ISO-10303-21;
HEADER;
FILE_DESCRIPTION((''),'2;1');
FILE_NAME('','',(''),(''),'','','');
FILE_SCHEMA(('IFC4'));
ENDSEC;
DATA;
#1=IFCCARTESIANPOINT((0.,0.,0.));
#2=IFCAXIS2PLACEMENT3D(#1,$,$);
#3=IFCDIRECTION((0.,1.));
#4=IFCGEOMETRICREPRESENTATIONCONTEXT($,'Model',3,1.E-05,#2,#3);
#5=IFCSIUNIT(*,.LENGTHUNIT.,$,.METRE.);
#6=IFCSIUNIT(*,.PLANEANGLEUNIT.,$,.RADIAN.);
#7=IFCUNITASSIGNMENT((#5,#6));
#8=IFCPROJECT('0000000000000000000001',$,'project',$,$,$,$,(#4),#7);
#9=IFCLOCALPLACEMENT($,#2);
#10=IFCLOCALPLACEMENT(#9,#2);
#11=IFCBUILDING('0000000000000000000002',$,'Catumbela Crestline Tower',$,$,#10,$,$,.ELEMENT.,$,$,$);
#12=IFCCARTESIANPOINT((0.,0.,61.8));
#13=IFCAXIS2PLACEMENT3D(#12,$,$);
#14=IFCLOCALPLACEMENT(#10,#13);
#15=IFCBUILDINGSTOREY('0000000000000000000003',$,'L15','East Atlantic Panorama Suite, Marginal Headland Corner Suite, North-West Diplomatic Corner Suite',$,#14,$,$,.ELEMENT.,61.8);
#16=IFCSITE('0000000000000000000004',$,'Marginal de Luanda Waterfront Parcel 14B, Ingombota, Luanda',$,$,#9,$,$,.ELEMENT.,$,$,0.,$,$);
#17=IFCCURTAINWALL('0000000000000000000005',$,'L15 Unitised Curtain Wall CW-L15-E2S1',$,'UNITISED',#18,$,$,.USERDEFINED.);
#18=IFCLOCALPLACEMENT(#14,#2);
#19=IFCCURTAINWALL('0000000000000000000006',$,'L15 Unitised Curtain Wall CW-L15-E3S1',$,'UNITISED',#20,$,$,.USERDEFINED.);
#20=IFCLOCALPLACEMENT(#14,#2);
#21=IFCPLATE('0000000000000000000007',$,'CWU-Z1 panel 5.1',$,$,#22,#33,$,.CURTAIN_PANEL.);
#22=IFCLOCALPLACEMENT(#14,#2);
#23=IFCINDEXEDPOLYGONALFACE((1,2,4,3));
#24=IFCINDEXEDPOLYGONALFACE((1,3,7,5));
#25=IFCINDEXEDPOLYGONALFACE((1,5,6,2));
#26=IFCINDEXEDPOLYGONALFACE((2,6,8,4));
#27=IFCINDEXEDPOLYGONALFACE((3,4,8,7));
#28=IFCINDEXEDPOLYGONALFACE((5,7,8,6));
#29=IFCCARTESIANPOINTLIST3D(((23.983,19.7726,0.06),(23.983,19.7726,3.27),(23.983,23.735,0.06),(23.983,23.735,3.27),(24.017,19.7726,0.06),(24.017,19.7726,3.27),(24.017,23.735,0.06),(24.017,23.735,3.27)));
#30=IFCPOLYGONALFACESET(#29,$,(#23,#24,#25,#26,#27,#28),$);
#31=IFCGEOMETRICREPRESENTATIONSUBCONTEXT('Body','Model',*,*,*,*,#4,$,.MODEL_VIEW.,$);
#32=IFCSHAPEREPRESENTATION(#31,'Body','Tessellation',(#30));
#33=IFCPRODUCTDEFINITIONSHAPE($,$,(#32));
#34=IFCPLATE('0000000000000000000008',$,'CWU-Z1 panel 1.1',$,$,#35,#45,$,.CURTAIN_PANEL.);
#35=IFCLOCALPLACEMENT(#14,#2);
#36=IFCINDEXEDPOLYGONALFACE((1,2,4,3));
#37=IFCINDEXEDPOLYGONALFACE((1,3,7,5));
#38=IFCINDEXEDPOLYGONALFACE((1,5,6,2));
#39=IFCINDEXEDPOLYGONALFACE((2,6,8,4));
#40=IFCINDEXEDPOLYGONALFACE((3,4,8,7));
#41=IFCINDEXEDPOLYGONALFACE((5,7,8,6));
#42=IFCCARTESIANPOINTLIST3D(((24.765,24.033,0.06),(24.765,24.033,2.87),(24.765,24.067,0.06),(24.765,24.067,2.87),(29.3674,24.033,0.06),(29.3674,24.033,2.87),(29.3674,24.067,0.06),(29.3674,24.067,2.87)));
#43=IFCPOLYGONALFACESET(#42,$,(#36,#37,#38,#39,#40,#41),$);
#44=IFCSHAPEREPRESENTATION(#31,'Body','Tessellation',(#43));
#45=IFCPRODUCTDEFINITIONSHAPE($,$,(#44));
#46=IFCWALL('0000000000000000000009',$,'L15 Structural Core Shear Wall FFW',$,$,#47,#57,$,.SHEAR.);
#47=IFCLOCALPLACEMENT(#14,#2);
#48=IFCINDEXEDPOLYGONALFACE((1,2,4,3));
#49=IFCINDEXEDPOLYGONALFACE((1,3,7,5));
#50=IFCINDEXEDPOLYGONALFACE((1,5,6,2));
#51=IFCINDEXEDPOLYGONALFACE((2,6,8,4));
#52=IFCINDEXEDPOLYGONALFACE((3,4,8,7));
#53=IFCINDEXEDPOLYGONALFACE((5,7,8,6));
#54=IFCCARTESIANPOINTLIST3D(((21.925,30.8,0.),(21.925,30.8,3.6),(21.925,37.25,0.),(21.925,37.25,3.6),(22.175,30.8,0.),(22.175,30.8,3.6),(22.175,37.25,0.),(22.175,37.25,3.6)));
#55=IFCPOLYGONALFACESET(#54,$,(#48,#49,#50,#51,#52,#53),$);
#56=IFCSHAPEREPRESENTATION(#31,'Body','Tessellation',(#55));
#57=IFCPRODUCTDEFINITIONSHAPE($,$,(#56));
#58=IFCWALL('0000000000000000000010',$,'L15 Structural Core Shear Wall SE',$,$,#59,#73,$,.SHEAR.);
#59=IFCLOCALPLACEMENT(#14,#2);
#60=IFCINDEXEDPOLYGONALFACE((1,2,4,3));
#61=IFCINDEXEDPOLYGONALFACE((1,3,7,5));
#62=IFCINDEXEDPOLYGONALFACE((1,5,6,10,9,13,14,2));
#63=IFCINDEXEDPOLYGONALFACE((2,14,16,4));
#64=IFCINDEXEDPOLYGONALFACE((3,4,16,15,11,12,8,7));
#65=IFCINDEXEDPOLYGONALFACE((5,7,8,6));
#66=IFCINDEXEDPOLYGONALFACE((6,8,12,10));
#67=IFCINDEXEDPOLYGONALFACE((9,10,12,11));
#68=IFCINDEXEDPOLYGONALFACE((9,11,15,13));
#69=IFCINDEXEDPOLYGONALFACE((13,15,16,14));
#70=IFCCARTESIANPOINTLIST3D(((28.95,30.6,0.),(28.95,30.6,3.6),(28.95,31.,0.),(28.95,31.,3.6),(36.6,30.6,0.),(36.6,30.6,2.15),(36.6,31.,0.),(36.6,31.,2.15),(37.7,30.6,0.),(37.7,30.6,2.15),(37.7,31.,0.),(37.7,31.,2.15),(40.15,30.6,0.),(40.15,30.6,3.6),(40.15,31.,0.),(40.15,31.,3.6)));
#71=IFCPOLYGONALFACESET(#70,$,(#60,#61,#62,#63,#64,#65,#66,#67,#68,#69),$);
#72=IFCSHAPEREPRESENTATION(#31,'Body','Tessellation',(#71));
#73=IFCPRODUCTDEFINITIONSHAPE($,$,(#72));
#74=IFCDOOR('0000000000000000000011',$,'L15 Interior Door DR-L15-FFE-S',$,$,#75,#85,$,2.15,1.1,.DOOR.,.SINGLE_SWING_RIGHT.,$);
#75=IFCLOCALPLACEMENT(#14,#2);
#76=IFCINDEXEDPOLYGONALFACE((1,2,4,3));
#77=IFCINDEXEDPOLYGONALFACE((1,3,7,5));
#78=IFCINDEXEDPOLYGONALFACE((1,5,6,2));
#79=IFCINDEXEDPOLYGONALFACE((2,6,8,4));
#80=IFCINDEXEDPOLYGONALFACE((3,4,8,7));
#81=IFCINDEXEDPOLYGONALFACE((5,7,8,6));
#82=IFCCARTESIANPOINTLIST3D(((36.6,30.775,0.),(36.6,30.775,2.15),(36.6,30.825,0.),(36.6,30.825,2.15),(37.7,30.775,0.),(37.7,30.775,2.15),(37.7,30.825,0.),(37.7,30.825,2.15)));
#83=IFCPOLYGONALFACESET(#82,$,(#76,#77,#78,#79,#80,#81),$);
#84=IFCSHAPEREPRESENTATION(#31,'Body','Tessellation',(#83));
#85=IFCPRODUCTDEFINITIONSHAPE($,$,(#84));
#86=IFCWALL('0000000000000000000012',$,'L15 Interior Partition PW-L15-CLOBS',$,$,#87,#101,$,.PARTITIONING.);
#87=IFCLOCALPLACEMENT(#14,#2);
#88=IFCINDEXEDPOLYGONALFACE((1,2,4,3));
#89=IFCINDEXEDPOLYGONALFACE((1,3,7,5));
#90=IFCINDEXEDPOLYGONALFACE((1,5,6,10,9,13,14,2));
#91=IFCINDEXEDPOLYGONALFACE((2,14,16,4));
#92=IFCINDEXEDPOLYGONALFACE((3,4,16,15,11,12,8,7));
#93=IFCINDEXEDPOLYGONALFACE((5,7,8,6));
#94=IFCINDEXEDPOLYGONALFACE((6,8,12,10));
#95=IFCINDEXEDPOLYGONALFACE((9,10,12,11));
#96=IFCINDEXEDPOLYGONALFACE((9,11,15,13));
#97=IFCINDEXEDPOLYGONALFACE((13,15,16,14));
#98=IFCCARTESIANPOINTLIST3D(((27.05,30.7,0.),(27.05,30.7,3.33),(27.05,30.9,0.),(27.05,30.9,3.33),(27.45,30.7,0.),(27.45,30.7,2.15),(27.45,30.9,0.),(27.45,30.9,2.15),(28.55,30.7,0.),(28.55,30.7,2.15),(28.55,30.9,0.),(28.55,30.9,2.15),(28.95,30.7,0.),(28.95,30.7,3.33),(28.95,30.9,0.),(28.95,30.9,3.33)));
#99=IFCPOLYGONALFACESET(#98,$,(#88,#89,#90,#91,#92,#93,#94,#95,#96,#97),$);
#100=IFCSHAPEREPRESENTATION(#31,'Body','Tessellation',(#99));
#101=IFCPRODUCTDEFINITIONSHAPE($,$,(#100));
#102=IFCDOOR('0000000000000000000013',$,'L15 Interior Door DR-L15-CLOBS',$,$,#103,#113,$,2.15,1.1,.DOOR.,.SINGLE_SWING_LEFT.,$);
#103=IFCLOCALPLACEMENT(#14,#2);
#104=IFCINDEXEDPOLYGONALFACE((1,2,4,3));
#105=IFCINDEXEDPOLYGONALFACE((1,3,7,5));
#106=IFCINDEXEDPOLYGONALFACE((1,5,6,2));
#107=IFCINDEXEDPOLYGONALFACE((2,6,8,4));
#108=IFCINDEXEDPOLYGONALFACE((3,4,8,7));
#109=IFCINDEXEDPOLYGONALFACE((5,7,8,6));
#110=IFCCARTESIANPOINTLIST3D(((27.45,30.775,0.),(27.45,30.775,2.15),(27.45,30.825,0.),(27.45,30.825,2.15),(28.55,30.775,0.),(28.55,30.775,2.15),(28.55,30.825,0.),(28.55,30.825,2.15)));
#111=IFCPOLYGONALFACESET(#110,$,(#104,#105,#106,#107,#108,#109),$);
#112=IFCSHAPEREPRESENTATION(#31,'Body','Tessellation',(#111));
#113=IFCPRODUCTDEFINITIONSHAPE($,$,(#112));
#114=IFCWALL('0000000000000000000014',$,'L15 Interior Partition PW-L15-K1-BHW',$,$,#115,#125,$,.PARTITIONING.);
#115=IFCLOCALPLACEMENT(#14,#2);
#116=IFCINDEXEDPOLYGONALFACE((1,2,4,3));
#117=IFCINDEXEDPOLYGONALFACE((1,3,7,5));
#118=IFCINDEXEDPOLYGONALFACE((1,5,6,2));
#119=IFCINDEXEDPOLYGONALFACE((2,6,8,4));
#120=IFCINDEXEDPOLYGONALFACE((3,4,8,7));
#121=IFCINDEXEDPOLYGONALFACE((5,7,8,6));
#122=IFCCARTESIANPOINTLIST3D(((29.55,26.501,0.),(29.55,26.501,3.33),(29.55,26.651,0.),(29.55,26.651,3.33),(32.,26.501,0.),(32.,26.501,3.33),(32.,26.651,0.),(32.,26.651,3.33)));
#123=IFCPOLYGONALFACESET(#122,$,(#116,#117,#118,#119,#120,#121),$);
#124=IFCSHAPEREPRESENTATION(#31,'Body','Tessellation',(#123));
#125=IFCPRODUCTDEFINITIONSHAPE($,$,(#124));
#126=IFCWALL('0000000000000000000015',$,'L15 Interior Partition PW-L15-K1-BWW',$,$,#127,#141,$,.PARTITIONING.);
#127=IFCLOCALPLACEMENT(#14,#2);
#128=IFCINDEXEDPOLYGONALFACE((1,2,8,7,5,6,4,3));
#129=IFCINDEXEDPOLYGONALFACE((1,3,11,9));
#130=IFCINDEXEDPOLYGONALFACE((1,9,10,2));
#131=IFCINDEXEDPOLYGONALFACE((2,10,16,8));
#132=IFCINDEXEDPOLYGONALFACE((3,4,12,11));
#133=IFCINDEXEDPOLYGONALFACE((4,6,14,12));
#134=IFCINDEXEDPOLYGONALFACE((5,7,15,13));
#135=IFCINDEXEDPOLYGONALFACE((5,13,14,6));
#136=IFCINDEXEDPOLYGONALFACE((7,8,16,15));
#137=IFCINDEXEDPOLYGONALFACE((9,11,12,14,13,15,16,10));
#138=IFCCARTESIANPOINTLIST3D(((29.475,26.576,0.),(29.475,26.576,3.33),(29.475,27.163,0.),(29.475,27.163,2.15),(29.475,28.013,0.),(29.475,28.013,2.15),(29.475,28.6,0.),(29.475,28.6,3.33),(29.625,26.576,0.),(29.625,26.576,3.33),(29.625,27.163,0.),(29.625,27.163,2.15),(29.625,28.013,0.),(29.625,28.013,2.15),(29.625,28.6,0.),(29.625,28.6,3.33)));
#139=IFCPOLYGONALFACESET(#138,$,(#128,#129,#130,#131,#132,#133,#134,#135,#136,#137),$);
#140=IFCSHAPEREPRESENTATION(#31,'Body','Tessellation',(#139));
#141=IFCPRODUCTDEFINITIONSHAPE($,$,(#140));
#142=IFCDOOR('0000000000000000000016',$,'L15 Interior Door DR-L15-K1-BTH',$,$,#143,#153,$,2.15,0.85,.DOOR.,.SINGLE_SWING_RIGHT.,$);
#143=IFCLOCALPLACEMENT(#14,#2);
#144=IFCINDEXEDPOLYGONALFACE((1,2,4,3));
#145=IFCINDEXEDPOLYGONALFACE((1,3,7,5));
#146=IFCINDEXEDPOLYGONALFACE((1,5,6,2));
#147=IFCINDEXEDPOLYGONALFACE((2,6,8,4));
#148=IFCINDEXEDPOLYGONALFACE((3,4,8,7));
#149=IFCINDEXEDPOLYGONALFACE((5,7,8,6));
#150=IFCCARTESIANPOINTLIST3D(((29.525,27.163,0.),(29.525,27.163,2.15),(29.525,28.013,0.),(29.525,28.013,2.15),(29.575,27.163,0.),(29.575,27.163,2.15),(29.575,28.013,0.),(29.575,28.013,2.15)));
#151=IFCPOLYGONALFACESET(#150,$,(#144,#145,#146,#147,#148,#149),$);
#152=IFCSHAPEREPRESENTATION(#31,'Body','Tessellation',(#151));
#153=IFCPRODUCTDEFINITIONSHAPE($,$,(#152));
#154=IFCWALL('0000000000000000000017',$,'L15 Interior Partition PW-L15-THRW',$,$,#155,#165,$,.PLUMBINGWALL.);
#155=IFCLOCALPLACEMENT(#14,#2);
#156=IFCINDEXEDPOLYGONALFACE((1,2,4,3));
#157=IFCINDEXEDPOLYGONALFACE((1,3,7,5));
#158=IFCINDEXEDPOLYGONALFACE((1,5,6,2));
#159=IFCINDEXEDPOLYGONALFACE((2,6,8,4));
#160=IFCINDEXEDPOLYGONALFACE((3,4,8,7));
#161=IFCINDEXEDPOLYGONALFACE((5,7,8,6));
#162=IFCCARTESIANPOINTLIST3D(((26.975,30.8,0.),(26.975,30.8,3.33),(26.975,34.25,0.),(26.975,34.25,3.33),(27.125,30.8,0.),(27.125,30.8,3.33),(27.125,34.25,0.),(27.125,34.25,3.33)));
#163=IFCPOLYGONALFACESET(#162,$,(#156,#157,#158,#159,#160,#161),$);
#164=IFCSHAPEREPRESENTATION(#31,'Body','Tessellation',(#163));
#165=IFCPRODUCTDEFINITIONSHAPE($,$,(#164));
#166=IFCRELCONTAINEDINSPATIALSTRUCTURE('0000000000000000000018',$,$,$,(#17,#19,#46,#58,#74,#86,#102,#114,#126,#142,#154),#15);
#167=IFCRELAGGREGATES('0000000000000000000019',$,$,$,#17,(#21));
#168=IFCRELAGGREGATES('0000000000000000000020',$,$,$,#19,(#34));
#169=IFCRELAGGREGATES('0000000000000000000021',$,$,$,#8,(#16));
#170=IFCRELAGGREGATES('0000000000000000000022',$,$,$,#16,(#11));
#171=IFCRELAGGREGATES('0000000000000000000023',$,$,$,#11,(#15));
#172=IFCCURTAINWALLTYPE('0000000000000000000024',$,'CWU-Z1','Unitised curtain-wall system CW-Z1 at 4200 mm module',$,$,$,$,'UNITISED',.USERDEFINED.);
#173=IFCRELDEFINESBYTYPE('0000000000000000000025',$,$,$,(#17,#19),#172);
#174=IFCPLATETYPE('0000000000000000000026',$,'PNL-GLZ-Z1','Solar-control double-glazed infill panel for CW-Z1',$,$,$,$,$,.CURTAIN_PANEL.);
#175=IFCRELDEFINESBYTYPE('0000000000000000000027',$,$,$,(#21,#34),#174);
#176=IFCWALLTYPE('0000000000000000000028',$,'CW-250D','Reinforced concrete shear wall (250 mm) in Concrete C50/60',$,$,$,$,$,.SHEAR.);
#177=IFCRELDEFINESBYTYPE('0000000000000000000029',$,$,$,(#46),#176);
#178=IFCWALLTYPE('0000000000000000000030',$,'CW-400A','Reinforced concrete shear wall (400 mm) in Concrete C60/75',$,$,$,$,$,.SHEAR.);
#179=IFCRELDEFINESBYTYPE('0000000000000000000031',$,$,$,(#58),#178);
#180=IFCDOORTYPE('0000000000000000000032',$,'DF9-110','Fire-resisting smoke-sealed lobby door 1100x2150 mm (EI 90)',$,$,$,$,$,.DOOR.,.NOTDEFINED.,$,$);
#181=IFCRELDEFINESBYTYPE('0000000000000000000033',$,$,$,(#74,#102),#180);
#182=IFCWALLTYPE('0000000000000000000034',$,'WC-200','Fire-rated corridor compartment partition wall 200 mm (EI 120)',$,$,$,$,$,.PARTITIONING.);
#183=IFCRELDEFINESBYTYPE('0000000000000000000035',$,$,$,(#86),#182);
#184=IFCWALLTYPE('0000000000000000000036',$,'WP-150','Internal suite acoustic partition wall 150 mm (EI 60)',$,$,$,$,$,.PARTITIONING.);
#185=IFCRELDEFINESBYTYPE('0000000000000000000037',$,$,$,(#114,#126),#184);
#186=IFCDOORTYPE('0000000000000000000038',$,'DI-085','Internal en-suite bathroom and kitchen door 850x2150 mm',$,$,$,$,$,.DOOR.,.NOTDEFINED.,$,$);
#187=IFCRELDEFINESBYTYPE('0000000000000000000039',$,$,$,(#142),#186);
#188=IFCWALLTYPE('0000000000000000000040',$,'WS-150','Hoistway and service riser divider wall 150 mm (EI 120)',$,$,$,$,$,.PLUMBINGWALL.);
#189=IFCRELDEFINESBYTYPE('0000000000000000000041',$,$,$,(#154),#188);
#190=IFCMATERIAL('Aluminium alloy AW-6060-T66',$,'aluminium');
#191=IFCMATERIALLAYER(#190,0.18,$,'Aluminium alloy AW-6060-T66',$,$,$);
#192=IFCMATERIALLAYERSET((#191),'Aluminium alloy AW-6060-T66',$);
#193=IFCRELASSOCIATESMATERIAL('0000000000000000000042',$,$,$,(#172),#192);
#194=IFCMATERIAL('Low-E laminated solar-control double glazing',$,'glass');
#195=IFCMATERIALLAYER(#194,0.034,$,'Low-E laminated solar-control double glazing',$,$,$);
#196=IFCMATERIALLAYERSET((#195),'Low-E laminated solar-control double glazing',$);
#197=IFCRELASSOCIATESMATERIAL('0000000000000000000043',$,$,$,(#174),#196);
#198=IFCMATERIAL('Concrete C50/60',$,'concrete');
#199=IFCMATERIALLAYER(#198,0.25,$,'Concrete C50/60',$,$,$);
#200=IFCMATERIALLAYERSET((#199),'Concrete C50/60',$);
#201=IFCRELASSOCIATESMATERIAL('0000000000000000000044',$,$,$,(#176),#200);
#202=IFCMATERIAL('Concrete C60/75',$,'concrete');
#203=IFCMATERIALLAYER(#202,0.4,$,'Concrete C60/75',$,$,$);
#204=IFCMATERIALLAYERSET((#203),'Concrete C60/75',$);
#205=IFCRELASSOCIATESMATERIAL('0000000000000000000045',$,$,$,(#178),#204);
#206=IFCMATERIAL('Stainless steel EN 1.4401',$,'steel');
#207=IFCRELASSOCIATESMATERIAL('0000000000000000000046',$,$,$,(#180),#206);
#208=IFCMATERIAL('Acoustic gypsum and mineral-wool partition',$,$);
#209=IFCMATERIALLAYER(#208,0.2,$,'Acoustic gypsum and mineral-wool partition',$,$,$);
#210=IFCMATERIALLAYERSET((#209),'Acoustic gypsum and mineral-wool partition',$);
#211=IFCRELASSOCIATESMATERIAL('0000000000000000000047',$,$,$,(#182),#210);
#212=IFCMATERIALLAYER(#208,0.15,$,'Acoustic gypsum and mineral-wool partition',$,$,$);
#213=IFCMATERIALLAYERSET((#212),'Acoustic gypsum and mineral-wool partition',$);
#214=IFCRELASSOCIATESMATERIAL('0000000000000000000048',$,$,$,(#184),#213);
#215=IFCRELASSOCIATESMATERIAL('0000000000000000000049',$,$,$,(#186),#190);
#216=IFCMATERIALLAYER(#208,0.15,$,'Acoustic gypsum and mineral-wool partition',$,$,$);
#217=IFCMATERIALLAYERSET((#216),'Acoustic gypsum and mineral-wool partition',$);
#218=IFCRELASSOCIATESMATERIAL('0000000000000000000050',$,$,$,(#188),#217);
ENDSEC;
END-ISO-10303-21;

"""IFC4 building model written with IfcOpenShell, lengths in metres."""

from ifc_helpers import new_model, si_unit, direction, frame, frame_2d, origin, origin_2d, place, context, subcontext, project, spatial, rectangle, extrude, material, layer, layer_set, type_object, element, fill, aggregate, save


model = new_model("IFC4")

# Units and contexts
model_context = context("Model", 3, precision=1e-05, world=origin(), true_north=direction((0.0, 1.0)))
body_context = subcontext(model_context, "Body", "Model", "MODEL_VIEW")
ifc_project = project(units=[si_unit("LENGTHUNIT", "METRE"), si_unit("PLANEANGLEUNIT", "RADIAN")], contexts=[model_context])

# Site, building, storey
site_placement = place(None, origin())
site = spatial("IfcSite", under=ifc_project, at=site_placement, Name="Marginal de Luanda Waterfront Parcel 14B, Ingombota, Luanda", CompositionType="ELEMENT", RefElevation=0.0)
building_placement = place(site_placement, origin())
building = spatial("IfcBuilding", under=site, at=building_placement, Name="Catumbela Crestline Tower", CompositionType="ELEMENT")
storey_placement = place(building_placement, frame((0.0, 0.0, 61.8)))
storey = spatial("IfcBuildingStorey", under=building, at=storey_placement, Name="L15", Description="East Atlantic Panorama Suite, Marginal Headland Corner Suite, North-West Diplomatic Corner Suite", CompositionType="ELEMENT", Elevation=61.8)

# Shared definitions
ifc_material_1 = material(Name="Concrete C60/75", Category="concrete")

# Curtain walls
ifc_material_2 = material(Name="Aluminium alloy AW-6060-T66", Category="aluminium")
ifc_layer_1 = layer(ifc_material_2, 0.18, Name="Aluminium alloy AW-6060-T66")
ifc_layer_set_1 = layer_set([ifc_layer_1], Name="Aluminium alloy AW-6060-T66")
curtain_wall_type = type_object("IfcCurtainWallType", Name="CWU-Z1", Description="Unitised curtain-wall system CW-Z1 at 4200 mm module", ElementType="UNITISED", PredefinedType="USERDEFINED", material=ifc_layer_set_1)
curtain_wall_1_placement = place(storey_placement, origin())
curtain_wall_1 = element("IfcCurtainWall", 1, at=curtain_wall_1_placement, inside=storey, type_object=curtain_wall_type, Name="L15 Unitised Curtain Wall CW-L15-E2S1", ObjectType="UNITISED", PredefinedType="USERDEFINED")
curtain_wall_2_placement = place(storey_placement, origin())
curtain_wall_2 = element("IfcCurtainWall", 2, at=curtain_wall_2_placement, inside=storey, type_object=curtain_wall_type, Name="L15 Unitised Curtain Wall CW-L15-E3S1", ObjectType="UNITISED", PredefinedType="USERDEFINED")

# Plates
ifc_material_3 = material(Name="Low-E laminated solar-control double glazing", Category="glass")
ifc_layer_2 = layer(ifc_material_3, 0.034, Name="Low-E laminated solar-control double glazing")
ifc_layer_set_2 = layer_set([ifc_layer_2], Name="Low-E laminated solar-control double glazing")
plate_type = type_object("IfcPlateType", Name="PNL-GLZ-Z1", Description="Solar-control double-glazed infill panel for CW-Z1", PredefinedType="CURTAIN_PANEL", material=ifc_layer_set_2)
plate_1_placement = place(storey_placement, frame((24.0, 21.7538, 0.06), z_axis=(0.0, 0.0, 1.0), x_axis=(0.0, 1.0, 0.0)))
plate_1 = element("IfcPlate", 3, at=plate_1_placement, type_object=plate_type, Name="CWU-Z1 panel 5.1", PredefinedType="CURTAIN_PANEL", context=body_context, shape_type="SweptSolid", body=[
    extrude(rectangle(XDim=3.9625, YDim=0.034, at=origin_2d()), origin(), (0.0, 0.0, 1.0), 3.21),
])
aggregate(curtain_wall_1, [plate_1])
plate_2_placement = place(storey_placement, frame((27.0662, 24.05, 0.06), z_axis=(0.0, 0.0, 1.0), x_axis=(1.0, 0.0, 0.0)))
plate_2 = element("IfcPlate", 4, at=plate_2_placement, type_object=plate_type, Name="CWU-Z1 panel 1.1", PredefinedType="CURTAIN_PANEL", context=body_context, shape_type="SweptSolid", body=[
    extrude(rectangle(XDim=4.6025, YDim=0.034, at=origin_2d()), origin(), (0.0, 0.0, 1.0), 2.81),
])
aggregate(curtain_wall_2, [plate_2])

# Wall
ifc_material_4 = material(Name="Concrete C50/60", Category="concrete")
ifc_layer_3 = layer(ifc_material_4, 0.25, Name="Concrete C50/60")
ifc_layer_set_3 = layer_set([ifc_layer_3], Name="Concrete C50/60")
wall_type_1 = type_object("IfcWallType", Name="CW-250D", Description="Reinforced concrete shear wall (250 mm) in Concrete C50/60", PredefinedType="SHEAR", material=ifc_layer_set_3)
wall_1_placement = place(storey_placement, frame((22.05, 30.8, 0.0), z_axis=(0.0, 0.0, 1.0), x_axis=(0.0, 1.0, 0.0)))
element("IfcWall", 5, at=wall_1_placement, inside=storey, type_object=wall_type_1, Name="L15 Structural Core Shear Wall FFW", PredefinedType="SHEAR", context=body_context, shape_type="SweptSolid", body=[
    extrude(rectangle(XDim=6.45, YDim=0.25, at=frame_2d((3.225, 0.0))), origin(), (0.0, 0.0, 1.0), 3.6),
])

# Walls, openings, doors
ifc_layer_4 = layer(ifc_material_1, 0.4, Name="Concrete C60/75")
ifc_layer_set_4 = layer_set([ifc_layer_4], Name="Concrete C60/75")
wall_type_2 = type_object("IfcWallType", Name="CW-400A", Description="Reinforced concrete shear wall (400 mm) in Concrete C60/75", PredefinedType="SHEAR", material=ifc_layer_set_4)
wall_2_placement = place(storey_placement, frame((28.95, 30.8, 0.0), z_axis=(0.0, 0.0, 1.0), x_axis=(1.0, 0.0, 0.0)))
wall_2 = element("IfcWall", 6, at=wall_2_placement, inside=storey, type_object=wall_type_2, Name="L15 Structural Core Shear Wall SE", PredefinedType="SHEAR", context=body_context, shape_type="SweptSolid", body=[
    extrude(rectangle(XDim=11.2, YDim=0.4, at=frame_2d((5.6, 0.0))), origin(), (0.0, 0.0, 1.0), 3.6),
])
opening_1_placement = place(wall_2_placement, frame((7.65, 0.0, 0.0)))
opening_1 = element("IfcOpeningElement", 7, at=opening_1_placement, cuts=wall_2, PredefinedType="OPENING", context=body_context, shape_type="SweptSolid", body=[
    extrude(rectangle(XDim=1.1, YDim=2.15, at=frame_2d((0.55, 1.075))), frame((0.0, 0.21, 0.0), z_axis=(0.0, -1.0, 0.0), x_axis=(1.0, 0.0, 0.0)), (0.0, 0.0, 1.0), 0.42),
])
ifc_material_5 = material(Name="Stainless steel EN 1.4401", Category="steel")
door_type_1 = type_object("IfcDoorType", Name="DF9-110", Description="Fire-resisting smoke-sealed lobby door 1100x2150 mm (EI 90)", OperationType="NOTDEFINED", PredefinedType="DOOR", material=ifc_material_5)
door_1_placement = place(opening_1_placement, origin())
door_1 = element("IfcDoor", 8, at=door_1_placement, inside=storey, type_object=door_type_1, Name="L15 Interior Door DR-L15-FFE-S", OperationType="SINGLE_SWING_RIGHT", OverallHeight=2.15, OverallWidth=1.1, PredefinedType="DOOR", context=body_context, shape_type="SweptSolid", body=[
    extrude(rectangle(XDim=1.1, YDim=2.15, at=frame_2d((0.55, 1.075))), frame((0.0, 0.025, 0.0), z_axis=(0.0, -1.0, 0.0), x_axis=(1.0, 0.0, 0.0)), (0.0, 0.0, 1.0), 0.05),
])
fill(opening_1, door_1)
ifc_material_6 = material(Name="Acoustic gypsum and mineral-wool partition")
ifc_layer_5 = layer(ifc_material_6, 0.2, Name="Acoustic gypsum and mineral-wool partition")
ifc_layer_set_5 = layer_set([ifc_layer_5], Name="Acoustic gypsum and mineral-wool partition")
wall_type_3 = type_object("IfcWallType", Name="WC-200", Description="Fire-rated corridor compartment partition wall 200 mm (EI 120)", PredefinedType="PARTITIONING", material=ifc_layer_set_5)
wall_3_placement = place(storey_placement, frame((27.05, 30.8, 0.0), z_axis=(0.0, 0.0, 1.0), x_axis=(1.0, 0.0, 0.0)))
wall_3 = element("IfcWall", 9, at=wall_3_placement, inside=storey, type_object=wall_type_3, Name="L15 Interior Partition PW-L15-CLOBS", PredefinedType="PARTITIONING", context=body_context, shape_type="SweptSolid", body=[
    extrude(rectangle(XDim=1.9, YDim=0.2, at=frame_2d((0.95, 0.0))), origin(), (0.0, 0.0, 1.0), 3.33),
])
opening_2_placement = place(wall_3_placement, frame((0.4, 0.0, 0.0)))
opening_2 = element("IfcOpeningElement", 10, at=opening_2_placement, cuts=wall_3, PredefinedType="OPENING", context=body_context, shape_type="SweptSolid", body=[
    extrude(rectangle(XDim=1.1, YDim=2.15, at=frame_2d((0.55, 1.075))), frame((0.0, 0.11, 0.0), z_axis=(0.0, -1.0, 0.0), x_axis=(1.0, 0.0, 0.0)), (0.0, 0.0, 1.0), 0.22),
])
door_2_placement = place(opening_2_placement, origin())
door_2 = element("IfcDoor", 11, at=door_2_placement, inside=storey, type_object=door_type_1, Name="L15 Interior Door DR-L15-CLOBS", OperationType="SINGLE_SWING_LEFT", OverallHeight=2.15, OverallWidth=1.1, PredefinedType="DOOR", context=body_context, shape_type="SweptSolid", body=[
    extrude(rectangle(XDim=1.1, YDim=2.15, at=frame_2d((0.55, 1.075))), frame((0.0, 0.025, 0.0), z_axis=(0.0, -1.0, 0.0), x_axis=(1.0, 0.0, 0.0)), (0.0, 0.0, 1.0), 0.05),
])
fill(opening_2, door_2)

# Wall
ifc_layer_6 = layer(ifc_material_6, 0.15, Name="Acoustic gypsum and mineral-wool partition")
ifc_layer_set_6 = layer_set([ifc_layer_6], Name="Acoustic gypsum and mineral-wool partition")
wall_type_4 = type_object("IfcWallType", Name="WP-150", Description="Internal suite acoustic partition wall 150 mm (EI 60)", PredefinedType="PARTITIONING", material=ifc_layer_set_6)
wall_4_placement = place(storey_placement, frame((29.55, 26.576, 0.0), z_axis=(0.0, 0.0, 1.0), x_axis=(1.0, 0.0, 0.0)))
element("IfcWall", 12, at=wall_4_placement, inside=storey, type_object=wall_type_4, Name="L15 Interior Partition PW-L15-K1-BHW", PredefinedType="PARTITIONING", context=body_context, shape_type="SweptSolid", body=[
    extrude(rectangle(XDim=2.45, YDim=0.15, at=frame_2d((1.225, 0.0))), origin(), (0.0, 0.0, 1.0), 3.33),
])

# Wall, opening, door
wall_5_placement = place(storey_placement, frame((29.55, 26.576, 0.0), z_axis=(0.0, 0.0, 1.0), x_axis=(0.0, 1.0, 0.0)))
wall_5 = element("IfcWall", 13, at=wall_5_placement, inside=storey, type_object=wall_type_4, Name="L15 Interior Partition PW-L15-K1-BWW", PredefinedType="PARTITIONING", context=body_context, shape_type="SweptSolid", body=[
    extrude(rectangle(XDim=2.024, YDim=0.15, at=frame_2d((1.012, 0.0))), origin(), (0.0, 0.0, 1.0), 3.33),
])
opening_3_placement = place(wall_5_placement, frame((0.587, 0.0, 0.0)))
opening_3 = element("IfcOpeningElement", 14, at=opening_3_placement, cuts=wall_5, PredefinedType="OPENING", context=body_context, shape_type="SweptSolid", body=[
    extrude(rectangle(XDim=0.85, YDim=2.15, at=frame_2d((0.425, 1.075))), frame((0.0, 0.085, 0.0), z_axis=(0.0, -1.0, 0.0), x_axis=(1.0, 0.0, 0.0)), (0.0, 0.0, 1.0), 0.17),
])
door_type_2 = type_object("IfcDoorType", Name="DI-085", Description="Internal en-suite bathroom and kitchen door 850x2150 mm", OperationType="NOTDEFINED", PredefinedType="DOOR", material=ifc_material_2)
door_3_placement = place(opening_3_placement, origin())
door_3 = element("IfcDoor", 15, at=door_3_placement, inside=storey, type_object=door_type_2, Name="L15 Interior Door DR-L15-K1-BTH", OperationType="SINGLE_SWING_RIGHT", OverallHeight=2.15, OverallWidth=0.85, PredefinedType="DOOR", context=body_context, shape_type="SweptSolid", body=[
    extrude(rectangle(XDim=0.85, YDim=2.15, at=frame_2d((0.425, 1.075))), frame((0.0, 0.025, 0.0), z_axis=(0.0, -1.0, 0.0), x_axis=(1.0, 0.0, 0.0)), (0.0, 0.0, 1.0), 0.05),
])
fill(opening_3, door_3)

# Wall
ifc_layer_7 = layer(ifc_material_6, 0.15, Name="Acoustic gypsum and mineral-wool partition")
ifc_layer_set_7 = layer_set([ifc_layer_7], Name="Acoustic gypsum and mineral-wool partition")
wall_type_5 = type_object("IfcWallType", Name="WS-150", Description="Hoistway and service riser divider wall 150 mm (EI 120)", PredefinedType="PLUMBINGWALL", material=ifc_layer_set_7)
wall_6_placement = place(storey_placement, frame((27.05, 30.8, 0.0), z_axis=(0.0, 0.0, 1.0), x_axis=(0.0, 1.0, 0.0)))
element("IfcWall", 16, at=wall_6_placement, inside=storey, type_object=wall_type_5, Name="L15 Interior Partition PW-L15-THRW", PredefinedType="PLUMBINGWALL", context=body_context, shape_type="SweptSolid", body=[
    extrude(rectangle(XDim=3.45, YDim=0.15, at=frame_2d((1.725, 0.0))), origin(), (0.0, 0.0, 1.0), 3.33),
])

save(model, "model.ifc")
